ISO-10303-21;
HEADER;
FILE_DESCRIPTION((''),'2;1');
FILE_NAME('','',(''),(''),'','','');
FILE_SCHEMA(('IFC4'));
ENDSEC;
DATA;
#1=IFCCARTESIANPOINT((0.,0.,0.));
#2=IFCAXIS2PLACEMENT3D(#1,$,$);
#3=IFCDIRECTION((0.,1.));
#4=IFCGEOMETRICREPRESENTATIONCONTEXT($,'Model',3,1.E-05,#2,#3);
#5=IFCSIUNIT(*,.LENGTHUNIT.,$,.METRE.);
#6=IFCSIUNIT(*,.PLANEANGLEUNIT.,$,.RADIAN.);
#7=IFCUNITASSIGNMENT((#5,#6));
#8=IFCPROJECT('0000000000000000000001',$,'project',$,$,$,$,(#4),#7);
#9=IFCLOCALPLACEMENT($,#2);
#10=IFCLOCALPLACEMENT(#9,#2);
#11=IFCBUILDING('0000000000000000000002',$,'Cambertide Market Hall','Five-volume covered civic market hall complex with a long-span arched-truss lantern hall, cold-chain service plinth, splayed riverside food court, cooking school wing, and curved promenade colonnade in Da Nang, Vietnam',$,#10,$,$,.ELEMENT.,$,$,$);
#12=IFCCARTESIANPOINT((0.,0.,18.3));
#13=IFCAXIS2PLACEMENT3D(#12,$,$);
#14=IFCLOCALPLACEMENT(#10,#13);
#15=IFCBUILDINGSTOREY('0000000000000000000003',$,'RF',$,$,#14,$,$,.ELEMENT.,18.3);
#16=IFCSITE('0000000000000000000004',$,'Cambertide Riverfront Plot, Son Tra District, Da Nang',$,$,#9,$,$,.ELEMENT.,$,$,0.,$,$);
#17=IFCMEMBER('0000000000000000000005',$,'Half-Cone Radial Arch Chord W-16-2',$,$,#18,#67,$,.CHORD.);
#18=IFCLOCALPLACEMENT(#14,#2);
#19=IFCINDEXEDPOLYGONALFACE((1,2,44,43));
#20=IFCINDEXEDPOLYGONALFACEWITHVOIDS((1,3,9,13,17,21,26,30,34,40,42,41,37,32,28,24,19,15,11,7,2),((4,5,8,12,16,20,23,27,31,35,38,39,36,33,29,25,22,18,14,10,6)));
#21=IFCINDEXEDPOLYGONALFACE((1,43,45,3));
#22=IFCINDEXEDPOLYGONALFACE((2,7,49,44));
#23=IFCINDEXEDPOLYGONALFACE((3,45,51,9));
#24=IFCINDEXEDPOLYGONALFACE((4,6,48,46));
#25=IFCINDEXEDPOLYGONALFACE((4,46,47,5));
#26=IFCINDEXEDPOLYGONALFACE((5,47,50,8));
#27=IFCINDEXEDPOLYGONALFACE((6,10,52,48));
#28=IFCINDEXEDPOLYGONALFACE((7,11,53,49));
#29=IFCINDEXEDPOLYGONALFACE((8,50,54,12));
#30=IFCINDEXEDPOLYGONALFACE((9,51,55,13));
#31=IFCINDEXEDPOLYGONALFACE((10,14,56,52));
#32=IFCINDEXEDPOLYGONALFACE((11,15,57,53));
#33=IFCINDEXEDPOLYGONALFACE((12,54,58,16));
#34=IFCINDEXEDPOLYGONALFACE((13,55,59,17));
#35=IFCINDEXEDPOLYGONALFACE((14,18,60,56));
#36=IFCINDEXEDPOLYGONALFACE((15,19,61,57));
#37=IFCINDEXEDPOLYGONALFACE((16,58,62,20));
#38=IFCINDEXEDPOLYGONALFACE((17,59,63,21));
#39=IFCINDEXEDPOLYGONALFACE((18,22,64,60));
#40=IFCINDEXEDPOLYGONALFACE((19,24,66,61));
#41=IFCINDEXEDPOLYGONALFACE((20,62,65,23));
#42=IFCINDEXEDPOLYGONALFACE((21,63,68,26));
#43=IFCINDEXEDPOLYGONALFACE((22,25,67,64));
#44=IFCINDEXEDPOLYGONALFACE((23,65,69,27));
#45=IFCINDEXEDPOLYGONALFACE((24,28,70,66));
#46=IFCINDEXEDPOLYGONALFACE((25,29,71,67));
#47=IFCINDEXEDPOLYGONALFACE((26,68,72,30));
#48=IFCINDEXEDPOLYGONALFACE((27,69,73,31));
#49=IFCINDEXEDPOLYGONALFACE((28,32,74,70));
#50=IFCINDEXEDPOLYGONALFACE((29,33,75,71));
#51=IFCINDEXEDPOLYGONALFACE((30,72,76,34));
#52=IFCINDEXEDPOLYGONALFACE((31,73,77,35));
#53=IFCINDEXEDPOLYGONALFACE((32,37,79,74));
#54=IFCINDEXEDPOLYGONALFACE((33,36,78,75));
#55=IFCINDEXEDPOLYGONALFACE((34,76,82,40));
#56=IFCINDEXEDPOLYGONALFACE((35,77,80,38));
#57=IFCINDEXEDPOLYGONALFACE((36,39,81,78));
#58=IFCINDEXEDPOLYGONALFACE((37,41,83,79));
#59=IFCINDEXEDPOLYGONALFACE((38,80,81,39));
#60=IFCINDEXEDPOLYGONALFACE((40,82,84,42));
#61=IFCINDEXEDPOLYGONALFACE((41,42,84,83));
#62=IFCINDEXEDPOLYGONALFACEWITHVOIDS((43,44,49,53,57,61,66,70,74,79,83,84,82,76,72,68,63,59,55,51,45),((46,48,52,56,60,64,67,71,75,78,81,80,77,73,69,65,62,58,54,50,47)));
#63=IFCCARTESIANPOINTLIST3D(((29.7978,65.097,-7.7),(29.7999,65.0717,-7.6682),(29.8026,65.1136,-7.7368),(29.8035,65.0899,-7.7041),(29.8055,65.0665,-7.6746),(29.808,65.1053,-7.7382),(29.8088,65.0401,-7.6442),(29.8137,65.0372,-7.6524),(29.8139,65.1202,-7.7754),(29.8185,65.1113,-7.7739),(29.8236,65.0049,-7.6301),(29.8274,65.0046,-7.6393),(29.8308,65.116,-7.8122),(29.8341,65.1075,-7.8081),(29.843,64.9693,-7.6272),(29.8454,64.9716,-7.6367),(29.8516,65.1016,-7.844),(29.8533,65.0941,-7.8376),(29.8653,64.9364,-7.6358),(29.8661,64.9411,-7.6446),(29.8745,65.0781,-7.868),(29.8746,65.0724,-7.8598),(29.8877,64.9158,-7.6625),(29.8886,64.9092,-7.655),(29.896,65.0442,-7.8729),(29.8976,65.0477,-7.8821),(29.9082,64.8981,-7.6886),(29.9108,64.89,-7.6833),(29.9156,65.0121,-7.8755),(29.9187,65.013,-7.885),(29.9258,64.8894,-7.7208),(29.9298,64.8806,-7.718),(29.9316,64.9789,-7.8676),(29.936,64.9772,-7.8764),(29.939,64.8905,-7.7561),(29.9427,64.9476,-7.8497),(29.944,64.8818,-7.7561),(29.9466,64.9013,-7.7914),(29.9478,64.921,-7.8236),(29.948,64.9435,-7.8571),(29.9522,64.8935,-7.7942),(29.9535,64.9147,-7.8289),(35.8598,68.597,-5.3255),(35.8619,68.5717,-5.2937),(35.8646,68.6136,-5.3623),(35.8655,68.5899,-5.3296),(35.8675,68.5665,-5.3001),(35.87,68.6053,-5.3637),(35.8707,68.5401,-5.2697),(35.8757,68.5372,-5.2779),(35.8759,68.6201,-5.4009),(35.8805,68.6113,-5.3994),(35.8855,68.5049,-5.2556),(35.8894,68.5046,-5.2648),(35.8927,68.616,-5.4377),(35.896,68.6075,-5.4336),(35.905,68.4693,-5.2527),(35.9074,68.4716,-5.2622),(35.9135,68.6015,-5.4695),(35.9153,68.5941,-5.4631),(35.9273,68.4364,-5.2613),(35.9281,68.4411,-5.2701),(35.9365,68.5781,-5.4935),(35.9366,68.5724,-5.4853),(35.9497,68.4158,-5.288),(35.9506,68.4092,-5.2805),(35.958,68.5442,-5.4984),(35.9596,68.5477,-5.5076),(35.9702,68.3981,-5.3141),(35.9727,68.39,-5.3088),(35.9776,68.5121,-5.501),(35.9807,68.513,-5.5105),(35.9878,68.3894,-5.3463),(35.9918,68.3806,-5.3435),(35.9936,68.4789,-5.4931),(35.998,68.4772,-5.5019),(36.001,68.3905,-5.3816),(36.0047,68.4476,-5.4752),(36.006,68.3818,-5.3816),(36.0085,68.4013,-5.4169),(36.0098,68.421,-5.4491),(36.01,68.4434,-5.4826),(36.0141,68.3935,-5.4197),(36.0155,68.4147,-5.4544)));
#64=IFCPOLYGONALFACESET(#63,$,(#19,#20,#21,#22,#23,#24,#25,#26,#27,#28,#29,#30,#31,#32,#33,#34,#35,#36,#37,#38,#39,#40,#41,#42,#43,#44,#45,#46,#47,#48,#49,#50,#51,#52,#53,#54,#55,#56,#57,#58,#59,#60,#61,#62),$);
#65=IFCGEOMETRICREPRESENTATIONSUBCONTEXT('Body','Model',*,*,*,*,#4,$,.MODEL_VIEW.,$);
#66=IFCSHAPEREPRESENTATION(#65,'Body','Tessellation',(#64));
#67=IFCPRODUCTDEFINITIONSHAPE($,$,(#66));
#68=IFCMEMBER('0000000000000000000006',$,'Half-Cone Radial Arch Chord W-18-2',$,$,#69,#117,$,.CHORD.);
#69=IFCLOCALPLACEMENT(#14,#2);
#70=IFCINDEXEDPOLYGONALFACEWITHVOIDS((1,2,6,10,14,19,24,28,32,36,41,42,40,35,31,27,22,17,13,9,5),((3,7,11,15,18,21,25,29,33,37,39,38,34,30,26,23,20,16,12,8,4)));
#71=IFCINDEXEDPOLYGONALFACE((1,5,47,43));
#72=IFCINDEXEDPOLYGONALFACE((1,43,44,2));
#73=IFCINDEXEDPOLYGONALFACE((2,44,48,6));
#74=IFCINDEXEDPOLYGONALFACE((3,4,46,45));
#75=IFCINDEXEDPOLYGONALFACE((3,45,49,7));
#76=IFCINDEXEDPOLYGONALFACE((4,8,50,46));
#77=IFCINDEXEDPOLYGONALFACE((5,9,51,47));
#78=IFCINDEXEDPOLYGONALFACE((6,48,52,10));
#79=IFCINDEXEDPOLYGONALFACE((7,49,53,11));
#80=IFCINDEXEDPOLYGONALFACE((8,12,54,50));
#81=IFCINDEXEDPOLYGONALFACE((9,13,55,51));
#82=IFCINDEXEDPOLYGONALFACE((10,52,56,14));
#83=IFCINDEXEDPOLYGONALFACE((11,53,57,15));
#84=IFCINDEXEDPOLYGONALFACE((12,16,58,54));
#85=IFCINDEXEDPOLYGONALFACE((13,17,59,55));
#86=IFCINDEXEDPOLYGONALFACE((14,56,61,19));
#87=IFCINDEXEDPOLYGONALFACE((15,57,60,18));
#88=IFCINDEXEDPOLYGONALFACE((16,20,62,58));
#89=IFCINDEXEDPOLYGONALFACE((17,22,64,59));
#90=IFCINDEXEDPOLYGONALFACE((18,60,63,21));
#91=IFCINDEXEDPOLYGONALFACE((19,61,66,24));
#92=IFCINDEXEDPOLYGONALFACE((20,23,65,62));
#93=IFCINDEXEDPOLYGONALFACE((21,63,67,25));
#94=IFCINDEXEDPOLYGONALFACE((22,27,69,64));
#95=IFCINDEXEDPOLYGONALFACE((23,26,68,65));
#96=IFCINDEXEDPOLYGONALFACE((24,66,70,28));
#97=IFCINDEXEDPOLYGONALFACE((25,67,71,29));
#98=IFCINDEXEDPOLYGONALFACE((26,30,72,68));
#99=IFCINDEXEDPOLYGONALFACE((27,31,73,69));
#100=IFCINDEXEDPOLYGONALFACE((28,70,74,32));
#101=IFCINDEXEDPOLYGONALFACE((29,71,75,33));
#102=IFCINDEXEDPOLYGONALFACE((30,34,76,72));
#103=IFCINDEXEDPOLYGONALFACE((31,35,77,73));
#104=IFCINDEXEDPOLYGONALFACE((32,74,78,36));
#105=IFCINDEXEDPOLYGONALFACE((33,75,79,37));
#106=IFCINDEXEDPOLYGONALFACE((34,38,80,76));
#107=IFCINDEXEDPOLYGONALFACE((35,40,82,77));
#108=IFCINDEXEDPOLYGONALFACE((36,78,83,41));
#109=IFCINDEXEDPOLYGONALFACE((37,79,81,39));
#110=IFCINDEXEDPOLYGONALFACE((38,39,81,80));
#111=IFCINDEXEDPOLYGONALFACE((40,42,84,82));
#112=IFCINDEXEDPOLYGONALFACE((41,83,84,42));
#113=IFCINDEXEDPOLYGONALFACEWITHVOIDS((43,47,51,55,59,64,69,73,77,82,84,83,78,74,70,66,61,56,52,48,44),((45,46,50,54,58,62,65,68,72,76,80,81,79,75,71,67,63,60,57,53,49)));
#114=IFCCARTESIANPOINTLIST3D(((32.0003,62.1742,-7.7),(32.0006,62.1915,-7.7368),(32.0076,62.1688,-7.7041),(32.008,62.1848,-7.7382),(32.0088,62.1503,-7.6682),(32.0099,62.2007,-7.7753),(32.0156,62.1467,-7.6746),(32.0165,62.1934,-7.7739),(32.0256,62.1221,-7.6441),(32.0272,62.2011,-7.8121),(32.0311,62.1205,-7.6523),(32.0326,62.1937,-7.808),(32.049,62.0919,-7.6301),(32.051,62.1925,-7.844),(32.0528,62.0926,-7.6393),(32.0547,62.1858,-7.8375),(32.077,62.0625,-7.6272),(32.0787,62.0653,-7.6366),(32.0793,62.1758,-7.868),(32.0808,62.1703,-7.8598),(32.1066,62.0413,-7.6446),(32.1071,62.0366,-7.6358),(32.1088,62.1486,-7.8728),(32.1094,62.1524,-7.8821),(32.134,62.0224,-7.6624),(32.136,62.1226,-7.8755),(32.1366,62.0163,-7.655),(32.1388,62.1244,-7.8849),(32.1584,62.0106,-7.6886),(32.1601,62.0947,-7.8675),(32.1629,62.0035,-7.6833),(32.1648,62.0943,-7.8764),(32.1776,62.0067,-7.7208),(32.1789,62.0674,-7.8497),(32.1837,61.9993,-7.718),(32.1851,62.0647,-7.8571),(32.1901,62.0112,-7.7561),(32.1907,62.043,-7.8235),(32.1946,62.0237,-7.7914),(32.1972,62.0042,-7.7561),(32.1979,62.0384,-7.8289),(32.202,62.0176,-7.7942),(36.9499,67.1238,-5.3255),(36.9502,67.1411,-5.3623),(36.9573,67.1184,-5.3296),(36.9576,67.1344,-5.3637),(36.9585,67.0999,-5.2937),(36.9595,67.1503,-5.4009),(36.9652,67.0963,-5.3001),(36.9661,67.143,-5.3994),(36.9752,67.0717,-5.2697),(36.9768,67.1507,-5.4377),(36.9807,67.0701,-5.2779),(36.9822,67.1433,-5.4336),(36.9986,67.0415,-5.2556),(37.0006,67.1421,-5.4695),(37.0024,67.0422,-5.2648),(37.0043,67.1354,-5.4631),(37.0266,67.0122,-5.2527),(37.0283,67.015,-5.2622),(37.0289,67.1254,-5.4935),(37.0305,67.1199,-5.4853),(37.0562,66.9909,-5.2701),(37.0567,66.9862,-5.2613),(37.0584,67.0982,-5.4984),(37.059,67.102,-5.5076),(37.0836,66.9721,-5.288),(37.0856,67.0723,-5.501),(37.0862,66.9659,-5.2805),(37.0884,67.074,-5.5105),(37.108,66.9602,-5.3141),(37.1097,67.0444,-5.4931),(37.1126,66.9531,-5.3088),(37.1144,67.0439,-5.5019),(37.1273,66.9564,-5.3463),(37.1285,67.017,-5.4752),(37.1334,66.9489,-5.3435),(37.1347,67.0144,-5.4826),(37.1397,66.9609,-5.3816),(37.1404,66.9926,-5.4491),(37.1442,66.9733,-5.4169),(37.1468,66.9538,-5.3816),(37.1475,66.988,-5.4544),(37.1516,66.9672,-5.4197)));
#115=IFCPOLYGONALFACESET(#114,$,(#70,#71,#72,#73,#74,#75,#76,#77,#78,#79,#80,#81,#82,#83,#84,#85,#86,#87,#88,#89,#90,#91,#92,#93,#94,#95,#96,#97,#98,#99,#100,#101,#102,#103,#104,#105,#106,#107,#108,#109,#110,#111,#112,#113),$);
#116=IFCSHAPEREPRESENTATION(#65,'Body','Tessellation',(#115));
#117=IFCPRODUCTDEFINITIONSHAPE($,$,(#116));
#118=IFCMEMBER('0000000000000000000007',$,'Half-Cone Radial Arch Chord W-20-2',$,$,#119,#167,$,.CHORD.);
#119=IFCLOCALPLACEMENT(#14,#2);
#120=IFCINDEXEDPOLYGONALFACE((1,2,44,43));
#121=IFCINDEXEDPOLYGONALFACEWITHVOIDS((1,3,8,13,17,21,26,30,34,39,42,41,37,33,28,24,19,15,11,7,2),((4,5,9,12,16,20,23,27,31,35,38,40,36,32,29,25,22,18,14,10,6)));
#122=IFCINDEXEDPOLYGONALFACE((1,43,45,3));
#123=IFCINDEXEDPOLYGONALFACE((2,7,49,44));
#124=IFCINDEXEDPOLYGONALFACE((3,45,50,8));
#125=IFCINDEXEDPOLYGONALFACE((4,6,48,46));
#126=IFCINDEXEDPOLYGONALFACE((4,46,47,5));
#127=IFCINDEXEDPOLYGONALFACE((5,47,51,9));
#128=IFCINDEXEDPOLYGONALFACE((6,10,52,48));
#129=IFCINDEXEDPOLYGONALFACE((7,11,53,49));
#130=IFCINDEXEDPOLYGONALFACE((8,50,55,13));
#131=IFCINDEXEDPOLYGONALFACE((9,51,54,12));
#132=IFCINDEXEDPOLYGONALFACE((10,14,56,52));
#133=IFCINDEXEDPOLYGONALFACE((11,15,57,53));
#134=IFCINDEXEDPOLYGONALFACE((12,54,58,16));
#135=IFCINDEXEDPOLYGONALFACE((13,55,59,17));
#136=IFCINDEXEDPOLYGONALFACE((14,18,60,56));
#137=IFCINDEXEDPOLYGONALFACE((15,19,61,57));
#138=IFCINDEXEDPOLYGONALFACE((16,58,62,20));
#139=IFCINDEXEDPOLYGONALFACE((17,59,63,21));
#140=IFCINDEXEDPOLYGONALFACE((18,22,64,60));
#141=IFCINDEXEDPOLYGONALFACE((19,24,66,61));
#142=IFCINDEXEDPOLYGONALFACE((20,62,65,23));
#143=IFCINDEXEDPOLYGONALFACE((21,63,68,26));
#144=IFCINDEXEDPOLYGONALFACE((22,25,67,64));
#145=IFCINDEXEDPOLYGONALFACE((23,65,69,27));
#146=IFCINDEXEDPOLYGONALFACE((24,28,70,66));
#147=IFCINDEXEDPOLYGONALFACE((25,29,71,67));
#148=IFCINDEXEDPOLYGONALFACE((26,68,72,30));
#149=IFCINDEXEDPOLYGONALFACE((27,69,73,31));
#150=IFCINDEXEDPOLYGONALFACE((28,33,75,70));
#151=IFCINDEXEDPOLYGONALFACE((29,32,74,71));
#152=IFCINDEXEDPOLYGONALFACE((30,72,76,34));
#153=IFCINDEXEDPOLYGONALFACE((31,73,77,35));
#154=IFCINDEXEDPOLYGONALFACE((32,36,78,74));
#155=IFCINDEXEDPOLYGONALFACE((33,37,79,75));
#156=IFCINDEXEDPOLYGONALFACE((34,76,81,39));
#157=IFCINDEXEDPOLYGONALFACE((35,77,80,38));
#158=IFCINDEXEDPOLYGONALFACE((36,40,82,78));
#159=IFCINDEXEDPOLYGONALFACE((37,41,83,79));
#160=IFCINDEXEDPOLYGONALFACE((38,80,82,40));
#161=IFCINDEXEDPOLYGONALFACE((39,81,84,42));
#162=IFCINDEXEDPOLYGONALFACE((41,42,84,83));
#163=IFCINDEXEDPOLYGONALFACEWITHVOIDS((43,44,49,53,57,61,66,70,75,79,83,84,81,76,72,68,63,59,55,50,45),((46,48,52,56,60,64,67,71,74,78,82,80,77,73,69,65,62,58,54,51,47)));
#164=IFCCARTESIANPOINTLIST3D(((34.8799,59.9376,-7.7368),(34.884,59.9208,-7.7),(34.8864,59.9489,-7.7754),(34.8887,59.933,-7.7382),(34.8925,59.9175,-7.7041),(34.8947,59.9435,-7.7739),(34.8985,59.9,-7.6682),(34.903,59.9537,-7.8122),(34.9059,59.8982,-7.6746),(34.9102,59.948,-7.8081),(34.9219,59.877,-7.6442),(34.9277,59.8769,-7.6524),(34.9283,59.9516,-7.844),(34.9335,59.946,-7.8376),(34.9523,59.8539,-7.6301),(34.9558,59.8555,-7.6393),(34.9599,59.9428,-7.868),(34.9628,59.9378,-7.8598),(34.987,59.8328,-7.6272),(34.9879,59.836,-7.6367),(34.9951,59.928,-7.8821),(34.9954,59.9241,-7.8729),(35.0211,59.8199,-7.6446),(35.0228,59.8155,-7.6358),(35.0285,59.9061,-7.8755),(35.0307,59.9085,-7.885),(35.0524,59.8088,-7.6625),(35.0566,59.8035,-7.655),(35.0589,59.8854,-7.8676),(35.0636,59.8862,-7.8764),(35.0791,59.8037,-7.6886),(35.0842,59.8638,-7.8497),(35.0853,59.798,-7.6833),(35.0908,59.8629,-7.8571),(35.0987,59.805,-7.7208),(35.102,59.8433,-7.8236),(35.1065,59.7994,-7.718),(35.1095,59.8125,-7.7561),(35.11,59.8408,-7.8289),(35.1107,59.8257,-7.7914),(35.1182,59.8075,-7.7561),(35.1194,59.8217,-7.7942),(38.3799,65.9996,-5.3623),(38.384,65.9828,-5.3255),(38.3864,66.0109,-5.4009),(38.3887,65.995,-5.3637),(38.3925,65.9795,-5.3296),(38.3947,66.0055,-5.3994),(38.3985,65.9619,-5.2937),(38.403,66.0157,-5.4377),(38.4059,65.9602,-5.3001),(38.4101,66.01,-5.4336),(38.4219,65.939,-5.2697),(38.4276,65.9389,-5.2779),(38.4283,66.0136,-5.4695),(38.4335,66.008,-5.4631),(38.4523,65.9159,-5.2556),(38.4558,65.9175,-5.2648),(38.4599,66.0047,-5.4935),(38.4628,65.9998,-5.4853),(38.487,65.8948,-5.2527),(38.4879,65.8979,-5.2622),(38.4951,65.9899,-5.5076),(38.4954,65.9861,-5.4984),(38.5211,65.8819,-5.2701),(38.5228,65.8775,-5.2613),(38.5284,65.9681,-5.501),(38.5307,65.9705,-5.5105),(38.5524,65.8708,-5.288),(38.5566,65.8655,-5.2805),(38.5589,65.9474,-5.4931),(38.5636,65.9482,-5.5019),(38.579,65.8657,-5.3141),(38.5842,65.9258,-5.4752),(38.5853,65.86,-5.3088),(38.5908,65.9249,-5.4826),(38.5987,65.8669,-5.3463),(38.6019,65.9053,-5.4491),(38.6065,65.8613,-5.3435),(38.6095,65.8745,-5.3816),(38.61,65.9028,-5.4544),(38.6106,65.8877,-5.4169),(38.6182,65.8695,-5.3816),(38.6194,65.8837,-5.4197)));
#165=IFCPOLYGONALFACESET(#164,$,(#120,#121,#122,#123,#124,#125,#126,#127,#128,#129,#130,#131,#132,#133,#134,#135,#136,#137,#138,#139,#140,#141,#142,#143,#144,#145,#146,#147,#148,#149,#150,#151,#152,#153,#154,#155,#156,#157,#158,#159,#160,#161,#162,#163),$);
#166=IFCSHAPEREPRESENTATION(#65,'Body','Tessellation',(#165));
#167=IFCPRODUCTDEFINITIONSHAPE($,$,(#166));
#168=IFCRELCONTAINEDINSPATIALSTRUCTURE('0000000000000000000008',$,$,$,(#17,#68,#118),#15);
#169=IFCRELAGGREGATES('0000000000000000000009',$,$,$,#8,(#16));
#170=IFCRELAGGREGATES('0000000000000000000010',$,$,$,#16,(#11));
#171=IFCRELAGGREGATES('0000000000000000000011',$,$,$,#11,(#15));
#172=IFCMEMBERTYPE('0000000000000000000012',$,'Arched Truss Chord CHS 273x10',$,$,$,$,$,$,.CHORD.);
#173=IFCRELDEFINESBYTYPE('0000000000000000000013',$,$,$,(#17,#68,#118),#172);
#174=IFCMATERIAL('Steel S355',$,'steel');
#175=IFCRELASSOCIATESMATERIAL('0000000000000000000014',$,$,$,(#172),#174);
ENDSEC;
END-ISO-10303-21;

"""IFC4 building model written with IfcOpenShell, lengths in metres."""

from ifc_helpers import new_model, si_unit, direction, frame, origin, origin_2d, place, context, subcontext, project, spatial, hollow_circle, extrude, material, material_profile, profile_set, type_object, element, save


model = new_model("IFC4")

# Units and contexts
model_context = context("Model", 3, precision=1e-05, world=origin(), true_north=direction((0.0, 1.0)))
body_context = subcontext(model_context, "Body", "Model", "MODEL_VIEW")
ifc_project = project(units=[si_unit("LENGTHUNIT", "METRE"), si_unit("PLANEANGLEUNIT", "RADIAN")], contexts=[model_context])

# Site, building, storey
site_placement = place(None, origin())
site = spatial("IfcSite", under=ifc_project, at=site_placement, Name="Cambertide Riverfront Plot, Son Tra District, Da Nang", CompositionType="ELEMENT", RefElevation=0.0)
building_placement = place(site_placement, origin())
building = spatial("IfcBuilding", under=site, at=building_placement, Name="Cambertide Market Hall", Description="Five-volume covered civic market hall complex with a long-span arched-truss lantern hall, cold-chain service plinth, splayed riverside food court, cooking school wing, and curved promenade colonnade in Da Nang, Vietnam", CompositionType="ELEMENT")
storey_placement = place(building_placement, frame((0.0, 0.0, 18.3)))
storey = spatial("IfcBuildingStorey", under=building, at=storey_placement, Name="RF", CompositionType="ELEMENT", Elevation=18.3)

# Members
ifc_material_1 = material(Name="Steel S355", Category="steel")
ifc_material_profile_1 = material_profile(ifc_material_1, hollow_circle(Radius=0.1365, WallThickness=0.01, at=origin_2d()), Name="CHS 273x10")
ifc_profile_set_1 = profile_set([ifc_material_profile_1], Name="Steel S355")
member_type_1 = type_object("IfcMemberType", Name="Arched Truss Chord CHS 273x10", PredefinedType="CHORD", material=ifc_profile_set_1)
for number, where, z_axis, x_axis, name in (
    (1, (35.9377, 68.5, -5.3816), (-0.820118, -0.473508, -0.321243), (0.50001, -0.866019, 0.0), "Half-Cone Radial Arch Chord W-16-2"),
    (2, (37.0503, 67.0503, -5.3816), (-0.669629, -0.669629, -0.321239), (0.707107, -0.707107, 0.0), "Half-Cone Radial Arch Chord W-18-2"),
    (3, (38.5, 65.9377, -5.3816), (-0.473508, -0.820118, -0.321243), (0.866019, -0.50001, 0.0), "Half-Cone Radial Arch Chord W-20-2"),
):
    element("IfcMember", number, at=place(storey_placement, frame(where, z_axis=z_axis, x_axis=x_axis)), inside=storey, type_object=member_type_1, Name=name, PredefinedType="CHORD", context=body_context, shape_type="SweptSolid", body=[
        extrude(hollow_circle(Radius=0.1365, WallThickness=0.01, at=origin_2d()), origin(), (0.0, 0.0, 1.0), 7.3916),
    ])

save(model, "model.ifc")
